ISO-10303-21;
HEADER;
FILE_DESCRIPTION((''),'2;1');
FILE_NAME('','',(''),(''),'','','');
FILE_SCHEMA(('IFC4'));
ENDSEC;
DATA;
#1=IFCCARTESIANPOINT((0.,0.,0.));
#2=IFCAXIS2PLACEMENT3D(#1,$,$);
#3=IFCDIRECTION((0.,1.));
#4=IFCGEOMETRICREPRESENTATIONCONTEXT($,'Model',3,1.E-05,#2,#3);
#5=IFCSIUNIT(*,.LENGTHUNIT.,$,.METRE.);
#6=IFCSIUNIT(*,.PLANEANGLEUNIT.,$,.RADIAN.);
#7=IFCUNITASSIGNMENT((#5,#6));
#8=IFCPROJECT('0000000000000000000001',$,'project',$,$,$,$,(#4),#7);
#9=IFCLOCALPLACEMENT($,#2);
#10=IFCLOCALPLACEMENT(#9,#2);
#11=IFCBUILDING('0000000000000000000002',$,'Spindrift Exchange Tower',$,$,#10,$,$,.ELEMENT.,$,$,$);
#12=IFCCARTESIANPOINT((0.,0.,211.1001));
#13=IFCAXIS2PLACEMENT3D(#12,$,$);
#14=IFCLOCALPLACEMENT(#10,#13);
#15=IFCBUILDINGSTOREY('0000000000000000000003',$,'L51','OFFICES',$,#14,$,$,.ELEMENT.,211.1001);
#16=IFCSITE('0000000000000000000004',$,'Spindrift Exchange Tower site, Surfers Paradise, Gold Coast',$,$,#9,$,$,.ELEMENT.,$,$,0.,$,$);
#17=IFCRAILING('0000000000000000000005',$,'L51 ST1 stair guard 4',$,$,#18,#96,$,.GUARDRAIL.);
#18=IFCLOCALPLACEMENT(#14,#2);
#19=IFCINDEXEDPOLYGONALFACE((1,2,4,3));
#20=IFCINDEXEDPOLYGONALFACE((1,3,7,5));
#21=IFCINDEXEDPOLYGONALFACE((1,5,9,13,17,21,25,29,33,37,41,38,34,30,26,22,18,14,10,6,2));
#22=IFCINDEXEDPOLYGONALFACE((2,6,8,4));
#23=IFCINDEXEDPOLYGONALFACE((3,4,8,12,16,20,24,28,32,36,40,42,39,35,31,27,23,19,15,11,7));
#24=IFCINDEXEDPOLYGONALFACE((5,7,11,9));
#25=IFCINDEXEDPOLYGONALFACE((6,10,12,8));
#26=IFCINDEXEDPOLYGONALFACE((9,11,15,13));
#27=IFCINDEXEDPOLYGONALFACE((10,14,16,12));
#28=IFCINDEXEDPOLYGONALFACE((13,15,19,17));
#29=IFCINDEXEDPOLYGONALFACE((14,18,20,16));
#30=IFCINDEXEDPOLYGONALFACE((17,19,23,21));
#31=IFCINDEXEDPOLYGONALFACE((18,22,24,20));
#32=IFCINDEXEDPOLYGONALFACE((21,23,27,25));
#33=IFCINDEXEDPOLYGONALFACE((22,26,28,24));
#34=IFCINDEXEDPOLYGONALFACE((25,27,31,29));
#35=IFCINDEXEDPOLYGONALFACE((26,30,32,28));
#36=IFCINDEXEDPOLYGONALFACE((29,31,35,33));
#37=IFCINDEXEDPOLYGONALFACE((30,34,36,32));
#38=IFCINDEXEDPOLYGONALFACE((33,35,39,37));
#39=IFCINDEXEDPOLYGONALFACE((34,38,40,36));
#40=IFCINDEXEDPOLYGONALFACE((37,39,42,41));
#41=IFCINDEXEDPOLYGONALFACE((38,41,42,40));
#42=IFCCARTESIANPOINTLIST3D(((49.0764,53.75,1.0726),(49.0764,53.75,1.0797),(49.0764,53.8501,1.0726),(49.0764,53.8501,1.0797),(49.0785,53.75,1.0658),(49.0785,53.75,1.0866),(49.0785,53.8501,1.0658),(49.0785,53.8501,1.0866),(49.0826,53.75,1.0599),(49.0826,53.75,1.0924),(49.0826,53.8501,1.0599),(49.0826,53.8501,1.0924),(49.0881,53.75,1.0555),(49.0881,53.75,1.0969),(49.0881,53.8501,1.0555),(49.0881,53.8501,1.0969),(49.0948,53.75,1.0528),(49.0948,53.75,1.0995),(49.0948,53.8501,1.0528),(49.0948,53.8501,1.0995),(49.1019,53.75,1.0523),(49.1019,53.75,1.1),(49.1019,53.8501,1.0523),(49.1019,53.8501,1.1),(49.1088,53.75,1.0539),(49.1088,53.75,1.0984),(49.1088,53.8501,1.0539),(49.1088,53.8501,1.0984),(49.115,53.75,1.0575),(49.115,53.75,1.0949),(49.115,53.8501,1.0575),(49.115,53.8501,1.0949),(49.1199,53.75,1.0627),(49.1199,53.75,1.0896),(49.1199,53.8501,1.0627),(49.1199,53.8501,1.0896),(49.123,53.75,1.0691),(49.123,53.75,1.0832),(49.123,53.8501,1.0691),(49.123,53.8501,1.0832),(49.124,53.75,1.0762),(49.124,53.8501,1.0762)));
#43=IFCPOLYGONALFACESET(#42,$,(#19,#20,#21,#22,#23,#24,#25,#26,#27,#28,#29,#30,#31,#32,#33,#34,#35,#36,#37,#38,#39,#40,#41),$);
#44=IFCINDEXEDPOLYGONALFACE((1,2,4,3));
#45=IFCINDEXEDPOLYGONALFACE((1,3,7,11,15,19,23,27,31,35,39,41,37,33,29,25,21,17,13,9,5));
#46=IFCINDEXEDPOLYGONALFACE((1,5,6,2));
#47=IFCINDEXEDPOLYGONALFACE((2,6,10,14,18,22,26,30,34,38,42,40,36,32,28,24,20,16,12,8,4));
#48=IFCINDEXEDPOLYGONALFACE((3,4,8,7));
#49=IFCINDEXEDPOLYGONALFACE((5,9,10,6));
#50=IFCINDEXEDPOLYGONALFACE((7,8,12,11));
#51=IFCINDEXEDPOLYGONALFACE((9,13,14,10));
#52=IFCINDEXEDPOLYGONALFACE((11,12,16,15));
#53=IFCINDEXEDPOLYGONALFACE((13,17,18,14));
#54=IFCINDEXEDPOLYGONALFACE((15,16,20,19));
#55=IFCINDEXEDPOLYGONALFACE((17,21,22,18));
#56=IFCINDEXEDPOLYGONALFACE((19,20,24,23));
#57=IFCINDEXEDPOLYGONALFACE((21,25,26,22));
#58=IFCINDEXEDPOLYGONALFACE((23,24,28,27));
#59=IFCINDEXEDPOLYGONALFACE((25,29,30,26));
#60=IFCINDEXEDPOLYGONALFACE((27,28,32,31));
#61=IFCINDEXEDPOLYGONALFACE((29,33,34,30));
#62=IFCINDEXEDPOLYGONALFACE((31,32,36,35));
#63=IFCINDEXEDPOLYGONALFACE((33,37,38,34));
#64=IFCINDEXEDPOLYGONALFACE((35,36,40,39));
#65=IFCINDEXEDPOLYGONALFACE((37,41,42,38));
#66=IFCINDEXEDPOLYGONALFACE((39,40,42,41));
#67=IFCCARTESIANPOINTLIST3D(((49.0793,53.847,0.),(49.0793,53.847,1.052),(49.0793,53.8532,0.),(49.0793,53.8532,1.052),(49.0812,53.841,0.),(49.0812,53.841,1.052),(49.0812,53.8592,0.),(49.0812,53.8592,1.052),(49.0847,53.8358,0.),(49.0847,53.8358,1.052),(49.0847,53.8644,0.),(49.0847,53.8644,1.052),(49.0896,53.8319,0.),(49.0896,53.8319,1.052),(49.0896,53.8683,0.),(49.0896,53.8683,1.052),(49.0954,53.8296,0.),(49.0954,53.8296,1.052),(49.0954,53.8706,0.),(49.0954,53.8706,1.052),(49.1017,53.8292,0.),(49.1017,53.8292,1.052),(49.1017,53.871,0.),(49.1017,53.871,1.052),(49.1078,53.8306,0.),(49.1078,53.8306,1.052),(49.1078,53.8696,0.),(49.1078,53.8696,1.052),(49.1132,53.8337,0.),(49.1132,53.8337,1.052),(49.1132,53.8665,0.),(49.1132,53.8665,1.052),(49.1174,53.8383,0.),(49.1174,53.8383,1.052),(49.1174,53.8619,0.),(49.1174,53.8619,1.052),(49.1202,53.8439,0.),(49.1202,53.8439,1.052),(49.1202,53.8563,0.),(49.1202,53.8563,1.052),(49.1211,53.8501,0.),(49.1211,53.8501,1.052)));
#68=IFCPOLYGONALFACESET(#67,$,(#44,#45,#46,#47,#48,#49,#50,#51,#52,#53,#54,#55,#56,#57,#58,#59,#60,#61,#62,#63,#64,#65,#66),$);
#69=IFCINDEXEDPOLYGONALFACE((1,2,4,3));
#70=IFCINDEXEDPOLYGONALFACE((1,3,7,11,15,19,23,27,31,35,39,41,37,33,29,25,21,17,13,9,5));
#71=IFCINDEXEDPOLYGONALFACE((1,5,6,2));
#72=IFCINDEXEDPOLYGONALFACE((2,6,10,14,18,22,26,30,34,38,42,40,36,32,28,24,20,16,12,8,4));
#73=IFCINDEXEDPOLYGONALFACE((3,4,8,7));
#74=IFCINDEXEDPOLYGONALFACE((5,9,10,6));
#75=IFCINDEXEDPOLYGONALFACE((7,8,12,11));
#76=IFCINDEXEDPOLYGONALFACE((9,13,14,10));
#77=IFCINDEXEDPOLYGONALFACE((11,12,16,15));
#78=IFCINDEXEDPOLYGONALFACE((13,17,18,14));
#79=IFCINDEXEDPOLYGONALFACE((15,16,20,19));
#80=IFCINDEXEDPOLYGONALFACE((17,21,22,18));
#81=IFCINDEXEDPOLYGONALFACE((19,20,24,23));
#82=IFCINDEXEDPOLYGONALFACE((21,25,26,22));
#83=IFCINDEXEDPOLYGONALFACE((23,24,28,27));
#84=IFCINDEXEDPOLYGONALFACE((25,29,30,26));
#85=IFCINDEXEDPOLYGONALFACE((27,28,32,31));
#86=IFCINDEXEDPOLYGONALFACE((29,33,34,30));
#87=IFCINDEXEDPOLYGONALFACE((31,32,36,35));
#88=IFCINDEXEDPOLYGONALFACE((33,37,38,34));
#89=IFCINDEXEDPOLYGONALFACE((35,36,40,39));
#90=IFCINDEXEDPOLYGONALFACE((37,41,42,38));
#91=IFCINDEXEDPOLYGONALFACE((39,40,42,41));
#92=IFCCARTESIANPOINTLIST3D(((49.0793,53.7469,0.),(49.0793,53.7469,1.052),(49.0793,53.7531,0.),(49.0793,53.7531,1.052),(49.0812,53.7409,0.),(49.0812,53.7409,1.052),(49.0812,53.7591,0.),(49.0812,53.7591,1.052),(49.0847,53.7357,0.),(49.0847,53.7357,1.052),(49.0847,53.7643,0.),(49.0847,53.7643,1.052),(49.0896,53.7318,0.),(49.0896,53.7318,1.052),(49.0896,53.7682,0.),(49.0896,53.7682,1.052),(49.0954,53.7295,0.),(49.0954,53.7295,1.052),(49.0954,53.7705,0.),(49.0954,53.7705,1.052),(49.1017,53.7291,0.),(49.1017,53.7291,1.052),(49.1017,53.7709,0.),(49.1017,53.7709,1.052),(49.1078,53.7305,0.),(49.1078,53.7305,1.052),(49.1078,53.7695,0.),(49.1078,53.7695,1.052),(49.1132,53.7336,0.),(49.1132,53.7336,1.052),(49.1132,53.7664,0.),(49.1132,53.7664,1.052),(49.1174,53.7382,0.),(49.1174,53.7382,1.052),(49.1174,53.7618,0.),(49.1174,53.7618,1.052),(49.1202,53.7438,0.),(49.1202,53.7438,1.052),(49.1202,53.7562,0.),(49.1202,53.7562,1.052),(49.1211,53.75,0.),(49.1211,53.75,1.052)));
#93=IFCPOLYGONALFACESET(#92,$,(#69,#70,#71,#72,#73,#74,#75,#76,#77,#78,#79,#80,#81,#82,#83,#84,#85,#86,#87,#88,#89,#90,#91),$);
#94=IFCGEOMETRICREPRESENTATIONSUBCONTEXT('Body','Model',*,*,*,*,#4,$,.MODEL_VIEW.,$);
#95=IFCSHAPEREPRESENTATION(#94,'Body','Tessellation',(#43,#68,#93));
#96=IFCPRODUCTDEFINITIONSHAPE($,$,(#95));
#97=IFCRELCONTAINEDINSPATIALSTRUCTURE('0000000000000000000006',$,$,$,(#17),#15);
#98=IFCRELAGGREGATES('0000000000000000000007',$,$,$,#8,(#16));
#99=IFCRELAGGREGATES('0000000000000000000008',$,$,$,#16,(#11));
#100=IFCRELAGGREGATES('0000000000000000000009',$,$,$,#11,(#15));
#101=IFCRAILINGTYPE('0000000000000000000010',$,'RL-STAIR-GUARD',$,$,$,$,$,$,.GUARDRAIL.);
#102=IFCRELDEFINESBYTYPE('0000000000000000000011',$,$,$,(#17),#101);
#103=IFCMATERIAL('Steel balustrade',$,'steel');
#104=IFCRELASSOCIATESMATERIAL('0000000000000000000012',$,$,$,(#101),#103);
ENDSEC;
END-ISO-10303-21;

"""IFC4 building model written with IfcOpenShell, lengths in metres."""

from ifc_helpers import new_model, si_unit, direction, frame, origin, origin_2d, place, context, subcontext, project, spatial, circle, extrude, material, type_object, element, save


model = new_model("IFC4")

# Units and contexts
model_context = context("Model", 3, precision=1e-05, world=origin(), true_north=direction((0.0, 1.0)))
body_context = subcontext(model_context, "Body", "Model", "MODEL_VIEW")
ifc_project = project(units=[si_unit("LENGTHUNIT", "METRE"), si_unit("PLANEANGLEUNIT", "RADIAN")], contexts=[model_context])

# Site, building, storey
site_placement = place(None, origin())
site = spatial("IfcSite", under=ifc_project, at=site_placement, Name="Spindrift Exchange Tower site, Surfers Paradise, Gold Coast", CompositionType="ELEMENT", RefElevation=0.0)
building_placement = place(site_placement, origin())
building = spatial("IfcBuilding", under=site, at=building_placement, Name="Spindrift Exchange Tower", CompositionType="ELEMENT")
storey_placement = place(building_placement, frame((0.0, 0.0, 211.1001)))
storey = spatial("IfcBuildingStorey", under=building, at=storey_placement, Name="L51", Description="OFFICES", CompositionType="ELEMENT", Elevation=211.1001)

# Railing
ifc_material_1 = material(Name="Steel balustrade", Category="steel")
railing_type_1 = type_object("IfcRailingType", Name="RL-STAIR-GUARD", PredefinedType="GUARDRAIL", material=ifc_material_1)
railing_1_placement = place(storey_placement, frame((49.1001, 53.8501, 0.0)))
element("IfcRailing", 1, at=railing_1_placement, inside=storey, type_object=railing_type_1, Name="L51 ST1 stair guard 4", PredefinedType="GUARDRAIL", context=body_context, shape_type="SweptSolid", body=[
    extrude(circle(Radius=0.0239, at=origin_2d()), frame((0.0, 0.0, 1.0762), z_axis=(0.0, -1.0, 0.0), x_axis=(1.0, 0.0, 0.0)), (0.0, 0.0, 1.0), 0.1001),
    extrude(circle(Radius=0.021, at=origin_2d()), origin(), (0.0, 0.0, 1.0), 1.052),
    extrude(circle(Radius=0.021, at=origin_2d()), frame((0.0, -0.1001, 0.0)), (0.0, 0.0, 1.0), 1.052),
])

save(model, "model.ifc")
